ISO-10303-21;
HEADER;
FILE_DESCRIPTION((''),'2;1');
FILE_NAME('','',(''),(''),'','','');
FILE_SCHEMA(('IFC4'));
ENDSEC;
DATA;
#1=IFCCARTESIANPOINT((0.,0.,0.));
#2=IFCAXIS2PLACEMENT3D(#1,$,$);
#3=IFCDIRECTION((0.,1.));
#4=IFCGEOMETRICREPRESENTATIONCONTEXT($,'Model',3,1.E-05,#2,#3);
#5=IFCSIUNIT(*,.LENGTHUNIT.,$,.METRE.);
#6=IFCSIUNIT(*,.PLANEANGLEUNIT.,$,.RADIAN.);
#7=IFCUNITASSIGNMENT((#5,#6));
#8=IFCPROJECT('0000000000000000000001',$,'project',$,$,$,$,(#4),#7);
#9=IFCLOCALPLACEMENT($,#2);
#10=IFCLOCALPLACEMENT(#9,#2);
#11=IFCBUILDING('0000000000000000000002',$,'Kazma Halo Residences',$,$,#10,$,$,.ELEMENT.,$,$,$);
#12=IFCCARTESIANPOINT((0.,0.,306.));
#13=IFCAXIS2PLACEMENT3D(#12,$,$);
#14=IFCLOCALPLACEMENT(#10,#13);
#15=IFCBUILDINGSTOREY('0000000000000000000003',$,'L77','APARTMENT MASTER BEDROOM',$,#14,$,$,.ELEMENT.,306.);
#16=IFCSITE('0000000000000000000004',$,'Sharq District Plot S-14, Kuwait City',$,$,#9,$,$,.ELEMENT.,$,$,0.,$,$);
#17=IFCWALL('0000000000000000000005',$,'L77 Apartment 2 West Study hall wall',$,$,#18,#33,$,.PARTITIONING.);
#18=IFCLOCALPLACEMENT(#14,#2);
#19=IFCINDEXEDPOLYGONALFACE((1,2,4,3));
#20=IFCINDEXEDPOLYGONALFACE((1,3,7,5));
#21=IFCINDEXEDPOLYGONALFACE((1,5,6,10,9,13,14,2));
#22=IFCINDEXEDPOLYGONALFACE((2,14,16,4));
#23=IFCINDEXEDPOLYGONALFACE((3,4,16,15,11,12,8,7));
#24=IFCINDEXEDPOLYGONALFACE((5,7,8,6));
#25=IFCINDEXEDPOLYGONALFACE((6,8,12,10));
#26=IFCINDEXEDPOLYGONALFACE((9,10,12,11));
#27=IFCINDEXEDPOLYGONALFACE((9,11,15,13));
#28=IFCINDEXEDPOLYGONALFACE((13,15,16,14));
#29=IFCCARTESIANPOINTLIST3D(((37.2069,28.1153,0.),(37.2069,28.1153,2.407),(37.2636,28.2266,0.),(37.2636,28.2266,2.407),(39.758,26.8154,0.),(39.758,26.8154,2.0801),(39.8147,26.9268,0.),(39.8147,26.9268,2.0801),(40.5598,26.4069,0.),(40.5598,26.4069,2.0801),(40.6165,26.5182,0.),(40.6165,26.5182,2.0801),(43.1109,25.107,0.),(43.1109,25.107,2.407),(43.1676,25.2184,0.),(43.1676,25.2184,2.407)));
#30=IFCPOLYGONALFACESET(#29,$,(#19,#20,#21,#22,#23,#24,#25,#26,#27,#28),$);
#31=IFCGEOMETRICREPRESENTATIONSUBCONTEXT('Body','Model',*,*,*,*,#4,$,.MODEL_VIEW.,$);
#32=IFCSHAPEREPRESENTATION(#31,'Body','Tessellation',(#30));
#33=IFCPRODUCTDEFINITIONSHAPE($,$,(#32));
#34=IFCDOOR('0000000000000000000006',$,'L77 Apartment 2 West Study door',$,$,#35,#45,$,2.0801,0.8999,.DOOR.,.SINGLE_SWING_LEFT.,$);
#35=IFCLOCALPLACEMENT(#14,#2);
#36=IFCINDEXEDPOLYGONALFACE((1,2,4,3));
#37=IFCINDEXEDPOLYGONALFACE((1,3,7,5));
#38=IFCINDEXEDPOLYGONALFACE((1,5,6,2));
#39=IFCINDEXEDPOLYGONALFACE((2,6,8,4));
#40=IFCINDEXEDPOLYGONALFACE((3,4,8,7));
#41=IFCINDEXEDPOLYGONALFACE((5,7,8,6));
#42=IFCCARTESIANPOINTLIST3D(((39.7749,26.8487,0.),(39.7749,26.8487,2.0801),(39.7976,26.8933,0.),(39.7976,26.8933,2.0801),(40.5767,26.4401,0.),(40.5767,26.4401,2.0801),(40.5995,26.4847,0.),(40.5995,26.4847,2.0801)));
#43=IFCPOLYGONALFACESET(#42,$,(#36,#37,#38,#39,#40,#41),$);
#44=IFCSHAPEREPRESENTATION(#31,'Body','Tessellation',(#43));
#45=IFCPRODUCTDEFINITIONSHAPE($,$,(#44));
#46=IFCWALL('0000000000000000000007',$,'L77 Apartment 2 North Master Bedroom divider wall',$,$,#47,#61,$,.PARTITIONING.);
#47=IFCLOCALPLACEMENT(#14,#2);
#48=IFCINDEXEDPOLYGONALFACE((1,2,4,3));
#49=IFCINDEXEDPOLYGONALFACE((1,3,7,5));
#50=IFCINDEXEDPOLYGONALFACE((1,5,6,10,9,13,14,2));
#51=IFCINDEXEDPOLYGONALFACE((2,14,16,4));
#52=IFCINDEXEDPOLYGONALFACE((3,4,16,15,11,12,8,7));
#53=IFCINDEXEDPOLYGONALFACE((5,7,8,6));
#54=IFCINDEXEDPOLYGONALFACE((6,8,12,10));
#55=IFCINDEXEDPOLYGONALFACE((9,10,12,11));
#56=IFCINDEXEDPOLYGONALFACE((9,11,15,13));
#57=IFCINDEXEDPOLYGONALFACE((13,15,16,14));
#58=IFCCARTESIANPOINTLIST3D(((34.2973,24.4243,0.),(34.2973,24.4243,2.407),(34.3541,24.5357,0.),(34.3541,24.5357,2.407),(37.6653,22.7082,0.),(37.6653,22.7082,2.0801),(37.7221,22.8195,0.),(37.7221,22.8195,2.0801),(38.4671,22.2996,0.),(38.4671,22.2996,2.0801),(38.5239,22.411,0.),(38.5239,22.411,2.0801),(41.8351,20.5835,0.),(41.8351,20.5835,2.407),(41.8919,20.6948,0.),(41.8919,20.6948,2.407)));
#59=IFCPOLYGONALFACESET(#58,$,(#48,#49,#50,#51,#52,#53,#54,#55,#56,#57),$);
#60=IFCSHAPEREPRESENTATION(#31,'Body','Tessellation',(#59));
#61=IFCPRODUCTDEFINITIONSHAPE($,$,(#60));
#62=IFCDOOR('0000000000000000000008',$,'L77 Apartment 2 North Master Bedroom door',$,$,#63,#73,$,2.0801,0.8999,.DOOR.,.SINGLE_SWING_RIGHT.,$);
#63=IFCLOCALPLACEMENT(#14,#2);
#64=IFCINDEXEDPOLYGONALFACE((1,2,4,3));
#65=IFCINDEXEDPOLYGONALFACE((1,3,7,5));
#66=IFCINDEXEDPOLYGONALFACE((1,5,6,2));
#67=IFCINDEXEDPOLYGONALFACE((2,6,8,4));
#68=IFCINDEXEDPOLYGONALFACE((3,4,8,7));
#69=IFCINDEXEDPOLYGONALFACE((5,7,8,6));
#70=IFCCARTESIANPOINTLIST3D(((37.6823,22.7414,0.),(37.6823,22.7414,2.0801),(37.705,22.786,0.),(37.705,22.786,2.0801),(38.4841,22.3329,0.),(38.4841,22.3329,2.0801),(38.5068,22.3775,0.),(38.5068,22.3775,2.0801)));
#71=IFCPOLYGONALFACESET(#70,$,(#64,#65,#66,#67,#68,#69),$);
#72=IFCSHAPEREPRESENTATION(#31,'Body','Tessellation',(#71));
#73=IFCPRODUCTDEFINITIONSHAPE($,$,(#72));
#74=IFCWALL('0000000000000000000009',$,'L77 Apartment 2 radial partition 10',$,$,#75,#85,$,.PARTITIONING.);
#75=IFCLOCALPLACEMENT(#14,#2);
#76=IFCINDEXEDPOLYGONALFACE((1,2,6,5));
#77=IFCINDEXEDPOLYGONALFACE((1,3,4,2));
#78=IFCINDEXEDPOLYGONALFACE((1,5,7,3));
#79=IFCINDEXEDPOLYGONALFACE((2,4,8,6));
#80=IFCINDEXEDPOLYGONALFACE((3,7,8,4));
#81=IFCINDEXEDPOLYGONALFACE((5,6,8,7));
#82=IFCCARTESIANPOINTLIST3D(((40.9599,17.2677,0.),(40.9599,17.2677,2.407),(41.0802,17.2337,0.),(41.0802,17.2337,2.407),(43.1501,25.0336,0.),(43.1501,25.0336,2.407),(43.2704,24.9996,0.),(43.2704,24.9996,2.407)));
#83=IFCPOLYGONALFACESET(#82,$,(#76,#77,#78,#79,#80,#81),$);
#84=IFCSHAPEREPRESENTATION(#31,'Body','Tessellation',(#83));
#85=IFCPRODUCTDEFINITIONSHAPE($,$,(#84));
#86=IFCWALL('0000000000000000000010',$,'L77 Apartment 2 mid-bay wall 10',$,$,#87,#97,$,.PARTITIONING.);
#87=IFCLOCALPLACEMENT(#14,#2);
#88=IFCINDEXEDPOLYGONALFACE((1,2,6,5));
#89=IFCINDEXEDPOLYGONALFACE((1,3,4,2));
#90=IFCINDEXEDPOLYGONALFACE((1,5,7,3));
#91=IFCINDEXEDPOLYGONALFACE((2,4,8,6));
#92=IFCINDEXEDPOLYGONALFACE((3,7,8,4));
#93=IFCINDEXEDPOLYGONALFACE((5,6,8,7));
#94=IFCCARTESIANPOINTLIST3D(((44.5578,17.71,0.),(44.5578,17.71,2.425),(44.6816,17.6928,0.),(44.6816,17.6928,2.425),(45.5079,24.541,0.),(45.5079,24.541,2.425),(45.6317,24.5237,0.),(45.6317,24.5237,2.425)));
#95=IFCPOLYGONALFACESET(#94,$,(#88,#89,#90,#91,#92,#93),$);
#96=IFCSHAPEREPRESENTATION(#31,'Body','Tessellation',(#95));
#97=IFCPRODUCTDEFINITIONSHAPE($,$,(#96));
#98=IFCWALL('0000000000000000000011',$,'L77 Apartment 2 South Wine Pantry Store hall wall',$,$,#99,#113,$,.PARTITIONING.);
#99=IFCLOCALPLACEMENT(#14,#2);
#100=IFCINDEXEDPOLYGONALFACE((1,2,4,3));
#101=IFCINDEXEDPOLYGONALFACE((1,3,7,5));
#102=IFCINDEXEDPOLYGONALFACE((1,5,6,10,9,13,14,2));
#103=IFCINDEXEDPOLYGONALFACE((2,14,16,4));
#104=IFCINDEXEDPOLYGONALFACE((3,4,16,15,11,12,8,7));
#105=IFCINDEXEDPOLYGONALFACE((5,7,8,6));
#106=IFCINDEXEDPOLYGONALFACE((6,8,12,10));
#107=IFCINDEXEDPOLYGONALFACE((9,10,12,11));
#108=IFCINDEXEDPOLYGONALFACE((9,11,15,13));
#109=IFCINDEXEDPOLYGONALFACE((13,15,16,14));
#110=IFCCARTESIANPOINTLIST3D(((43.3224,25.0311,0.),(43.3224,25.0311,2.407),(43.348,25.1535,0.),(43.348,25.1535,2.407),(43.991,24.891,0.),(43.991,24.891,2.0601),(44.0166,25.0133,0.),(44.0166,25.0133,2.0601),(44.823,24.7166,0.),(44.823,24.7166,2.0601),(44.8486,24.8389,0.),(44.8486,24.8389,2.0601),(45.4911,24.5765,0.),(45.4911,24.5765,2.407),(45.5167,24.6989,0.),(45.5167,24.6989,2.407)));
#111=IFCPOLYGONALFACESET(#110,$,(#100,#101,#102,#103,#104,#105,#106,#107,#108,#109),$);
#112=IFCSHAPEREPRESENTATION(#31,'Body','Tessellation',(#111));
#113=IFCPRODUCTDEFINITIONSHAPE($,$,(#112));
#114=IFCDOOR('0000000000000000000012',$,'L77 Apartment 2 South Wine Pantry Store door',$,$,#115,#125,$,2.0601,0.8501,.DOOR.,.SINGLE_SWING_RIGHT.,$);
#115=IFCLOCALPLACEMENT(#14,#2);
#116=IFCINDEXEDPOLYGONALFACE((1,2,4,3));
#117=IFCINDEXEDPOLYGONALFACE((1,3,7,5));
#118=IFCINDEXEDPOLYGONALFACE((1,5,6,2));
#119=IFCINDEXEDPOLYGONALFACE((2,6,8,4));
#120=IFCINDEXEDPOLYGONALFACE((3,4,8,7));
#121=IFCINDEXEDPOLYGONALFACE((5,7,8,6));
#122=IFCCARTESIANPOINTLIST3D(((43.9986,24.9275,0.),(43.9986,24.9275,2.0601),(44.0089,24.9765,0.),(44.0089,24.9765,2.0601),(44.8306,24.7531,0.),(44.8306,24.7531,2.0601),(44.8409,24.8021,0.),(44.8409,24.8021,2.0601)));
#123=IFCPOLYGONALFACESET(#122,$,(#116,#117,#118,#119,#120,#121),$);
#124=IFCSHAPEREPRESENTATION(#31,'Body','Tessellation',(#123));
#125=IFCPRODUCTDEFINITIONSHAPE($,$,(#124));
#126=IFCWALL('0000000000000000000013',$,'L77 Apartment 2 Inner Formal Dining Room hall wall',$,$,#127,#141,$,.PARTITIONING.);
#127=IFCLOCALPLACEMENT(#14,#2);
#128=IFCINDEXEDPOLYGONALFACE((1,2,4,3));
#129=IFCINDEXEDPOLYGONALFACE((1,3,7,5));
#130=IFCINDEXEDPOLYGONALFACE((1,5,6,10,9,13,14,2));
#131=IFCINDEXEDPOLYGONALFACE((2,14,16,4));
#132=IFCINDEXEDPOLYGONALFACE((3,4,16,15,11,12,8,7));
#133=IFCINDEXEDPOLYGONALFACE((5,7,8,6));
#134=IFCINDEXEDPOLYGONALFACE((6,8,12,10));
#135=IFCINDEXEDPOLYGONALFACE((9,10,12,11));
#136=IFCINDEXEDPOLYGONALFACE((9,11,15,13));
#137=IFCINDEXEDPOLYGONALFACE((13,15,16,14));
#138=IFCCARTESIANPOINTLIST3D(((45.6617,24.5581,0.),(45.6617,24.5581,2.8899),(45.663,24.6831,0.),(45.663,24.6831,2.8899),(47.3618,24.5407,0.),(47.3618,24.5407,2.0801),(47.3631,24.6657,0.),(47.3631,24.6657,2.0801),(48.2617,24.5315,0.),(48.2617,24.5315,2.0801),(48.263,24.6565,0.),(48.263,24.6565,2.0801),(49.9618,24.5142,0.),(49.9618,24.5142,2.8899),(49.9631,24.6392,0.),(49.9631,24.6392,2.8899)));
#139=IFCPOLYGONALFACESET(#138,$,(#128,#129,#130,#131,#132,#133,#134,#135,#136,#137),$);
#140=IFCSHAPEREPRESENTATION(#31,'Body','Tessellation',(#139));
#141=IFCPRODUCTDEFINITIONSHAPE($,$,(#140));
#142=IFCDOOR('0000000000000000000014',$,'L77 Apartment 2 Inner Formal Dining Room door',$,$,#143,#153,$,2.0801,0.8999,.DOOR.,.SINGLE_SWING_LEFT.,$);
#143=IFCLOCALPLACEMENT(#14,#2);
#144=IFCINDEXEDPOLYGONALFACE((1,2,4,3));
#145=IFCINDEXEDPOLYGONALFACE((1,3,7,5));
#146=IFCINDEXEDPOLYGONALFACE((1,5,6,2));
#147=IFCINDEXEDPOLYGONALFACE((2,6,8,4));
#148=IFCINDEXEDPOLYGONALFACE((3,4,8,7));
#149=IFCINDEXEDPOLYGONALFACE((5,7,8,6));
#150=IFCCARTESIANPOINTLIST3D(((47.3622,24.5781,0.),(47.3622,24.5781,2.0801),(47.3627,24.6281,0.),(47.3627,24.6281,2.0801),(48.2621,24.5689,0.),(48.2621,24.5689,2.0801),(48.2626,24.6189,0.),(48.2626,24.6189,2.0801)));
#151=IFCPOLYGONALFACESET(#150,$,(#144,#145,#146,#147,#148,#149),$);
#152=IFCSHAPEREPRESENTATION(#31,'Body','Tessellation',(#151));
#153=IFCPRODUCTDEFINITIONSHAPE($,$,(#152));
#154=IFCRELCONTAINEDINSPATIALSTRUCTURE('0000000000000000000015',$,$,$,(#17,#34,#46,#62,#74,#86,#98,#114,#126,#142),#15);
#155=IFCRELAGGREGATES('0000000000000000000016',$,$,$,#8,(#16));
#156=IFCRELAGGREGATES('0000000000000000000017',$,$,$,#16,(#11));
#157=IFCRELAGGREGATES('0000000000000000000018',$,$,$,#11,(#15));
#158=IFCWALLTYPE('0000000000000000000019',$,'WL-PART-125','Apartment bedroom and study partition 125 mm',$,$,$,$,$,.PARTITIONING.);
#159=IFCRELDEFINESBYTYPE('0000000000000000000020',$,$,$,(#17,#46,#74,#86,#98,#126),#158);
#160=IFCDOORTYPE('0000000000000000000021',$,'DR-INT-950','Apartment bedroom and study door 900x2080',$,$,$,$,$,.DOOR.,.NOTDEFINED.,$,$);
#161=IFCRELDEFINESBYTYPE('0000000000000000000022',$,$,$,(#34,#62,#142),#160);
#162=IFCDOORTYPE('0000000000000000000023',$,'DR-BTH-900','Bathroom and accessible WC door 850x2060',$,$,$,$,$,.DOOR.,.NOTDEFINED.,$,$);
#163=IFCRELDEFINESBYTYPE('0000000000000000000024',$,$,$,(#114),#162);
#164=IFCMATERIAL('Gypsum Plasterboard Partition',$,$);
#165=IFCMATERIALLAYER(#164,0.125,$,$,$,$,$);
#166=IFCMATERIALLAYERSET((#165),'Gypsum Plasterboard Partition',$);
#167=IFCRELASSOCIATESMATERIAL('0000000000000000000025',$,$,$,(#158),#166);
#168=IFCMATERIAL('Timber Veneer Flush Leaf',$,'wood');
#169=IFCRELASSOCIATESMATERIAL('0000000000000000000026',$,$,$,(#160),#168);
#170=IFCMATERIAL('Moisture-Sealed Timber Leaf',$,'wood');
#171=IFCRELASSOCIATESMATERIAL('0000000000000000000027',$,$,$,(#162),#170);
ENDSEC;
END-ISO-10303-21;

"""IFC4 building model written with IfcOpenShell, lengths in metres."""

from ifc_helpers import new_model, si_unit, direction, frame, frame_2d, origin, place, context, subcontext, project, spatial, rectangle, extrude, material, layer, layer_set, type_object, element, fill, save


model = new_model("IFC4")

# Units and contexts
model_context = context("Model", 3, precision=1e-05, world=origin(), true_north=direction((0.0, 1.0)))
body_context = subcontext(model_context, "Body", "Model", "MODEL_VIEW")
ifc_project = project(units=[si_unit("LENGTHUNIT", "METRE"), si_unit("PLANEANGLEUNIT", "RADIAN")], contexts=[model_context])

# Site, building, storey
site_placement = place(None, origin())
site = spatial("IfcSite", under=ifc_project, at=site_placement, Name="Sharq District Plot S-14, Kuwait City", CompositionType="ELEMENT", RefElevation=0.0)
building_placement = place(site_placement, origin())
building = spatial("IfcBuilding", under=site, at=building_placement, Name="Kazma Halo Residences", CompositionType="ELEMENT")
storey_placement = place(building_placement, frame((0.0, 0.0, 306.0)))
storey = spatial("IfcBuildingStorey", under=building, at=storey_placement, Name="L77", Description="APARTMENT MASTER BEDROOM", CompositionType="ELEMENT", Elevation=306.0)

# Shared definitions
ifc_material_1 = material(Name="Gypsum Plasterboard Partition")
ifc_layer_1 = layer(ifc_material_1, 0.125)
ifc_layer_set_1 = layer_set([ifc_layer_1], Name="Gypsum Plasterboard Partition")
wall_type_1 = type_object("IfcWallType", Name="WL-PART-125", Description="Apartment bedroom and study partition 125 mm", PredefinedType="PARTITIONING", material=ifc_layer_set_1)

# Walls, openings, doors
wall_1_placement = place(storey_placement, frame((37.2354, 28.1709, 0.0), z_axis=(0.0, 0.0, 1.0), x_axis=(0.891004, -0.453995, 0.0)))
wall_1 = element("IfcWall", 1, at=wall_1_placement, inside=storey, type_object=wall_type_1, Name="L77 Apartment 2 West Study hall wall", PredefinedType="PARTITIONING", context=body_context, shape_type="SweptSolid", body=[
    extrude(rectangle(XDim=6.6262, YDim=0.125, at=frame_2d((3.313, 0.0))), origin(), (0.0, 0.0, 1.0), 2.407),
])
opening_1_placement = place(wall_1_placement, frame((2.863, 0.0, 0.0)))
opening_1 = element("IfcOpeningElement", 2, at=opening_1_placement, cuts=wall_1, PredefinedType="OPENING", context=body_context, shape_type="SweptSolid", body=[
    extrude(rectangle(XDim=0.8999, YDim=2.0801, at=frame_2d((0.45, 1.04))), frame((0.0, 0.0725, 0.0), z_axis=(0.0, -1.0, 0.0), x_axis=(1.0, 0.0, 0.0)), (0.0, 0.0, 1.0), 0.145),
])
ifc_material_2 = material(Name="Timber Veneer Flush Leaf", Category="wood")
door_type_1 = type_object("IfcDoorType", Name="DR-INT-950", Description="Apartment bedroom and study door 900x2080", OperationType="NOTDEFINED", PredefinedType="DOOR", material=ifc_material_2)
door_1_placement = place(opening_1_placement, origin())
door_1 = element("IfcDoor", 3, at=door_1_placement, inside=storey, type_object=door_type_1, Name="L77 Apartment 2 West Study door", OperationType="SINGLE_SWING_LEFT", OverallHeight=2.0801, OverallWidth=0.8999, PredefinedType="DOOR", context=body_context, shape_type="SweptSolid", body=[
    extrude(rectangle(XDim=0.8999, YDim=2.0801, at=frame_2d((0.45, 1.04))), frame((0.0, 0.0249, 0.0), z_axis=(0.0, -1.0, 0.0), x_axis=(1.0, 0.0, 0.0)), (0.0, 0.0, 1.0), 0.05),
])
fill(opening_1, door_1)
wall_2_placement = place(storey_placement, frame((34.3257, 24.48, 0.0), z_axis=(0.0, 0.0, 1.0), x_axis=(0.891002, -0.454, 0.0)))
wall_2 = element("IfcWall", 4, at=wall_2_placement, inside=storey, type_object=wall_type_1, Name="L77 Apartment 2 North Master Bedroom divider wall", PredefinedType="PARTITIONING", context=body_context, shape_type="SweptSolid", body=[
    extrude(rectangle(XDim=8.46, YDim=0.125, at=frame_2d((4.23, 0.0))), origin(), (0.0, 0.0, 1.0), 2.407),
])
opening_2_placement = place(wall_2_placement, frame((3.78, 0.0, 0.0)))
opening_2 = element("IfcOpeningElement", 5, at=opening_2_placement, cuts=wall_2, PredefinedType="OPENING", context=body_context, shape_type="SweptSolid", body=[
    extrude(rectangle(XDim=0.8999, YDim=2.0801, at=frame_2d((0.45, 1.04))), frame((0.0, 0.0725, 0.0), z_axis=(0.0, -1.0, 0.0), x_axis=(1.0, 0.0, 0.0)), (0.0, 0.0, 1.0), 0.145),
])
door_2_placement = place(opening_2_placement, origin())
door_2 = element("IfcDoor", 6, at=door_2_placement, inside=storey, type_object=door_type_1, Name="L77 Apartment 2 North Master Bedroom door", OperationType="SINGLE_SWING_RIGHT", OverallHeight=2.0801, OverallWidth=0.8999, PredefinedType="DOOR", context=body_context, shape_type="SweptSolid", body=[
    extrude(rectangle(XDim=0.8999, YDim=2.0801, at=frame_2d((0.45, 1.04))), frame((0.0, 0.0249, 0.0), z_axis=(0.0, -1.0, 0.0), x_axis=(1.0, 0.0, 0.0)), (0.0, 0.0, 1.0), 0.05),
])
fill(opening_2, door_2)

# Walls
wall_3_placement = place(storey_placement, frame((43.2102, 25.0166, 0.0), z_axis=(0.0, 0.0, 1.0), x_axis=(-0.271439, -0.962456, 0.0)))
element("IfcWall", 7, at=wall_3_placement, inside=storey, type_object=wall_type_1, Name="L77 Apartment 2 radial partition 10", PredefinedType="PARTITIONING", context=body_context, shape_type="SweptSolid", body=[
    extrude(rectangle(XDim=8.0688, YDim=0.125, at=frame_2d((4.0344, 0.0))), origin(), (0.0, 0.0, 1.0), 2.407),
])
wall_4_placement = place(storey_placement, frame((45.5698, 24.5322, 0.0), z_axis=(0.0, 0.0, 1.0), x_axis=(-0.137773, -0.990464, 0.0)))
element("IfcWall", 8, at=wall_4_placement, inside=storey, type_object=wall_type_1, Name="L77 Apartment 2 mid-bay wall 10", PredefinedType="PARTITIONING", context=body_context, shape_type="SweptSolid", body=[
    extrude(rectangle(XDim=6.8967, YDim=0.125, at=frame_2d((3.4482, 0.0))), origin(), (0.0, 0.0, 1.0), 2.425),
])

# Walls, openings, doors
wall_5_placement = place(storey_placement, frame((43.3352, 25.0923, 0.0), z_axis=(0.0, 0.0, 1.0), x_axis=(0.978729, -0.205155, 0.0)))
wall_5 = element("IfcWall", 9, at=wall_5_placement, inside=storey, type_object=wall_type_1, Name="L77 Apartment 2 South Wine Pantry Store hall wall", PredefinedType="PARTITIONING", context=body_context, shape_type="SweptSolid", body=[
    extrude(rectangle(XDim=2.2158, YDim=0.125, at=frame_2d((1.1079, 0.0))), origin(), (0.0, 0.0, 1.0), 2.407),
])
opening_3_placement = place(wall_5_placement, frame((0.6831, 0.0, 0.0)))
opening_3 = element("IfcOpeningElement", 10, at=opening_3_placement, cuts=wall_5, PredefinedType="OPENING", context=body_context, shape_type="SweptSolid", body=[
    extrude(rectangle(XDim=0.8501, YDim=2.0601, at=frame_2d((0.425, 1.03))), frame((0.0, 0.0725, 0.0), z_axis=(0.0, -1.0, 0.0), x_axis=(1.0, 0.0, 0.0)), (0.0, 0.0, 1.0), 0.145),
])
ifc_material_3 = material(Name="Moisture-Sealed Timber Leaf", Category="wood")
door_type_2 = type_object("IfcDoorType", Name="DR-BTH-900", Description="Bathroom and accessible WC door 850x2060", OperationType="NOTDEFINED", PredefinedType="DOOR", material=ifc_material_3)
door_3_placement = place(opening_3_placement, origin())
door_3 = element("IfcDoor", 11, at=door_3_placement, inside=storey, type_object=door_type_2, Name="L77 Apartment 2 South Wine Pantry Store door", OperationType="SINGLE_SWING_RIGHT", OverallHeight=2.0601, OverallWidth=0.8501, PredefinedType="DOOR", context=body_context, shape_type="SweptSolid", body=[
    extrude(rectangle(XDim=0.8501, YDim=2.0601, at=frame_2d((0.425, 1.03))), frame((0.0, 0.0249, 0.0), z_axis=(0.0, -1.0, 0.0), x_axis=(1.0, 0.0, 0.0)), (0.0, 0.0, 1.0), 0.05),
])
fill(opening_3, door_3)
wall_6_placement = place(storey_placement, frame((45.6624, 24.6206, 0.0), z_axis=(0.0, 0.0, 1.0), x_axis=(0.999948, -0.010219, 0.0)))
wall_6 = element("IfcWall", 12, at=wall_6_placement, inside=storey, type_object=wall_type_1, Name="L77 Apartment 2 Inner Formal Dining Room hall wall", PredefinedType="PARTITIONING", context=body_context, shape_type="SweptSolid", body=[
    extrude(rectangle(XDim=4.3003, YDim=0.125, at=frame_2d((2.1501, 0.0))), origin(), (0.0, 0.0, 1.0), 2.8899),
])
opening_4_placement = place(wall_6_placement, frame((1.7002, 0.0, 0.0)))
opening_4 = element("IfcOpeningElement", 13, at=opening_4_placement, cuts=wall_6, PredefinedType="OPENING", context=body_context, shape_type="SweptSolid", body=[
    extrude(rectangle(XDim=0.8999, YDim=2.0801, at=frame_2d((0.45, 1.04))), frame((0.0, 0.0725, 0.0), z_axis=(0.0, -1.0, 0.0), x_axis=(1.0, 0.0, 0.0)), (0.0, 0.0, 1.0), 0.145),
])
door_4_placement = place(opening_4_placement, origin())
door_4 = element("IfcDoor", 14, at=door_4_placement, inside=storey, type_object=door_type_1, Name="L77 Apartment 2 Inner Formal Dining Room door", OperationType="SINGLE_SWING_LEFT", OverallHeight=2.0801, OverallWidth=0.8999, PredefinedType="DOOR", context=body_context, shape_type="SweptSolid", body=[
    extrude(rectangle(XDim=0.8999, YDim=2.0801, at=frame_2d((0.45, 1.04))), frame((0.0, 0.0249, 0.0), z_axis=(0.0, -1.0, 0.0), x_axis=(1.0, 0.0, 0.0)), (0.0, 0.0, 1.0), 0.05),
])
fill(opening_4, door_4)

save(model, "model.ifc")
